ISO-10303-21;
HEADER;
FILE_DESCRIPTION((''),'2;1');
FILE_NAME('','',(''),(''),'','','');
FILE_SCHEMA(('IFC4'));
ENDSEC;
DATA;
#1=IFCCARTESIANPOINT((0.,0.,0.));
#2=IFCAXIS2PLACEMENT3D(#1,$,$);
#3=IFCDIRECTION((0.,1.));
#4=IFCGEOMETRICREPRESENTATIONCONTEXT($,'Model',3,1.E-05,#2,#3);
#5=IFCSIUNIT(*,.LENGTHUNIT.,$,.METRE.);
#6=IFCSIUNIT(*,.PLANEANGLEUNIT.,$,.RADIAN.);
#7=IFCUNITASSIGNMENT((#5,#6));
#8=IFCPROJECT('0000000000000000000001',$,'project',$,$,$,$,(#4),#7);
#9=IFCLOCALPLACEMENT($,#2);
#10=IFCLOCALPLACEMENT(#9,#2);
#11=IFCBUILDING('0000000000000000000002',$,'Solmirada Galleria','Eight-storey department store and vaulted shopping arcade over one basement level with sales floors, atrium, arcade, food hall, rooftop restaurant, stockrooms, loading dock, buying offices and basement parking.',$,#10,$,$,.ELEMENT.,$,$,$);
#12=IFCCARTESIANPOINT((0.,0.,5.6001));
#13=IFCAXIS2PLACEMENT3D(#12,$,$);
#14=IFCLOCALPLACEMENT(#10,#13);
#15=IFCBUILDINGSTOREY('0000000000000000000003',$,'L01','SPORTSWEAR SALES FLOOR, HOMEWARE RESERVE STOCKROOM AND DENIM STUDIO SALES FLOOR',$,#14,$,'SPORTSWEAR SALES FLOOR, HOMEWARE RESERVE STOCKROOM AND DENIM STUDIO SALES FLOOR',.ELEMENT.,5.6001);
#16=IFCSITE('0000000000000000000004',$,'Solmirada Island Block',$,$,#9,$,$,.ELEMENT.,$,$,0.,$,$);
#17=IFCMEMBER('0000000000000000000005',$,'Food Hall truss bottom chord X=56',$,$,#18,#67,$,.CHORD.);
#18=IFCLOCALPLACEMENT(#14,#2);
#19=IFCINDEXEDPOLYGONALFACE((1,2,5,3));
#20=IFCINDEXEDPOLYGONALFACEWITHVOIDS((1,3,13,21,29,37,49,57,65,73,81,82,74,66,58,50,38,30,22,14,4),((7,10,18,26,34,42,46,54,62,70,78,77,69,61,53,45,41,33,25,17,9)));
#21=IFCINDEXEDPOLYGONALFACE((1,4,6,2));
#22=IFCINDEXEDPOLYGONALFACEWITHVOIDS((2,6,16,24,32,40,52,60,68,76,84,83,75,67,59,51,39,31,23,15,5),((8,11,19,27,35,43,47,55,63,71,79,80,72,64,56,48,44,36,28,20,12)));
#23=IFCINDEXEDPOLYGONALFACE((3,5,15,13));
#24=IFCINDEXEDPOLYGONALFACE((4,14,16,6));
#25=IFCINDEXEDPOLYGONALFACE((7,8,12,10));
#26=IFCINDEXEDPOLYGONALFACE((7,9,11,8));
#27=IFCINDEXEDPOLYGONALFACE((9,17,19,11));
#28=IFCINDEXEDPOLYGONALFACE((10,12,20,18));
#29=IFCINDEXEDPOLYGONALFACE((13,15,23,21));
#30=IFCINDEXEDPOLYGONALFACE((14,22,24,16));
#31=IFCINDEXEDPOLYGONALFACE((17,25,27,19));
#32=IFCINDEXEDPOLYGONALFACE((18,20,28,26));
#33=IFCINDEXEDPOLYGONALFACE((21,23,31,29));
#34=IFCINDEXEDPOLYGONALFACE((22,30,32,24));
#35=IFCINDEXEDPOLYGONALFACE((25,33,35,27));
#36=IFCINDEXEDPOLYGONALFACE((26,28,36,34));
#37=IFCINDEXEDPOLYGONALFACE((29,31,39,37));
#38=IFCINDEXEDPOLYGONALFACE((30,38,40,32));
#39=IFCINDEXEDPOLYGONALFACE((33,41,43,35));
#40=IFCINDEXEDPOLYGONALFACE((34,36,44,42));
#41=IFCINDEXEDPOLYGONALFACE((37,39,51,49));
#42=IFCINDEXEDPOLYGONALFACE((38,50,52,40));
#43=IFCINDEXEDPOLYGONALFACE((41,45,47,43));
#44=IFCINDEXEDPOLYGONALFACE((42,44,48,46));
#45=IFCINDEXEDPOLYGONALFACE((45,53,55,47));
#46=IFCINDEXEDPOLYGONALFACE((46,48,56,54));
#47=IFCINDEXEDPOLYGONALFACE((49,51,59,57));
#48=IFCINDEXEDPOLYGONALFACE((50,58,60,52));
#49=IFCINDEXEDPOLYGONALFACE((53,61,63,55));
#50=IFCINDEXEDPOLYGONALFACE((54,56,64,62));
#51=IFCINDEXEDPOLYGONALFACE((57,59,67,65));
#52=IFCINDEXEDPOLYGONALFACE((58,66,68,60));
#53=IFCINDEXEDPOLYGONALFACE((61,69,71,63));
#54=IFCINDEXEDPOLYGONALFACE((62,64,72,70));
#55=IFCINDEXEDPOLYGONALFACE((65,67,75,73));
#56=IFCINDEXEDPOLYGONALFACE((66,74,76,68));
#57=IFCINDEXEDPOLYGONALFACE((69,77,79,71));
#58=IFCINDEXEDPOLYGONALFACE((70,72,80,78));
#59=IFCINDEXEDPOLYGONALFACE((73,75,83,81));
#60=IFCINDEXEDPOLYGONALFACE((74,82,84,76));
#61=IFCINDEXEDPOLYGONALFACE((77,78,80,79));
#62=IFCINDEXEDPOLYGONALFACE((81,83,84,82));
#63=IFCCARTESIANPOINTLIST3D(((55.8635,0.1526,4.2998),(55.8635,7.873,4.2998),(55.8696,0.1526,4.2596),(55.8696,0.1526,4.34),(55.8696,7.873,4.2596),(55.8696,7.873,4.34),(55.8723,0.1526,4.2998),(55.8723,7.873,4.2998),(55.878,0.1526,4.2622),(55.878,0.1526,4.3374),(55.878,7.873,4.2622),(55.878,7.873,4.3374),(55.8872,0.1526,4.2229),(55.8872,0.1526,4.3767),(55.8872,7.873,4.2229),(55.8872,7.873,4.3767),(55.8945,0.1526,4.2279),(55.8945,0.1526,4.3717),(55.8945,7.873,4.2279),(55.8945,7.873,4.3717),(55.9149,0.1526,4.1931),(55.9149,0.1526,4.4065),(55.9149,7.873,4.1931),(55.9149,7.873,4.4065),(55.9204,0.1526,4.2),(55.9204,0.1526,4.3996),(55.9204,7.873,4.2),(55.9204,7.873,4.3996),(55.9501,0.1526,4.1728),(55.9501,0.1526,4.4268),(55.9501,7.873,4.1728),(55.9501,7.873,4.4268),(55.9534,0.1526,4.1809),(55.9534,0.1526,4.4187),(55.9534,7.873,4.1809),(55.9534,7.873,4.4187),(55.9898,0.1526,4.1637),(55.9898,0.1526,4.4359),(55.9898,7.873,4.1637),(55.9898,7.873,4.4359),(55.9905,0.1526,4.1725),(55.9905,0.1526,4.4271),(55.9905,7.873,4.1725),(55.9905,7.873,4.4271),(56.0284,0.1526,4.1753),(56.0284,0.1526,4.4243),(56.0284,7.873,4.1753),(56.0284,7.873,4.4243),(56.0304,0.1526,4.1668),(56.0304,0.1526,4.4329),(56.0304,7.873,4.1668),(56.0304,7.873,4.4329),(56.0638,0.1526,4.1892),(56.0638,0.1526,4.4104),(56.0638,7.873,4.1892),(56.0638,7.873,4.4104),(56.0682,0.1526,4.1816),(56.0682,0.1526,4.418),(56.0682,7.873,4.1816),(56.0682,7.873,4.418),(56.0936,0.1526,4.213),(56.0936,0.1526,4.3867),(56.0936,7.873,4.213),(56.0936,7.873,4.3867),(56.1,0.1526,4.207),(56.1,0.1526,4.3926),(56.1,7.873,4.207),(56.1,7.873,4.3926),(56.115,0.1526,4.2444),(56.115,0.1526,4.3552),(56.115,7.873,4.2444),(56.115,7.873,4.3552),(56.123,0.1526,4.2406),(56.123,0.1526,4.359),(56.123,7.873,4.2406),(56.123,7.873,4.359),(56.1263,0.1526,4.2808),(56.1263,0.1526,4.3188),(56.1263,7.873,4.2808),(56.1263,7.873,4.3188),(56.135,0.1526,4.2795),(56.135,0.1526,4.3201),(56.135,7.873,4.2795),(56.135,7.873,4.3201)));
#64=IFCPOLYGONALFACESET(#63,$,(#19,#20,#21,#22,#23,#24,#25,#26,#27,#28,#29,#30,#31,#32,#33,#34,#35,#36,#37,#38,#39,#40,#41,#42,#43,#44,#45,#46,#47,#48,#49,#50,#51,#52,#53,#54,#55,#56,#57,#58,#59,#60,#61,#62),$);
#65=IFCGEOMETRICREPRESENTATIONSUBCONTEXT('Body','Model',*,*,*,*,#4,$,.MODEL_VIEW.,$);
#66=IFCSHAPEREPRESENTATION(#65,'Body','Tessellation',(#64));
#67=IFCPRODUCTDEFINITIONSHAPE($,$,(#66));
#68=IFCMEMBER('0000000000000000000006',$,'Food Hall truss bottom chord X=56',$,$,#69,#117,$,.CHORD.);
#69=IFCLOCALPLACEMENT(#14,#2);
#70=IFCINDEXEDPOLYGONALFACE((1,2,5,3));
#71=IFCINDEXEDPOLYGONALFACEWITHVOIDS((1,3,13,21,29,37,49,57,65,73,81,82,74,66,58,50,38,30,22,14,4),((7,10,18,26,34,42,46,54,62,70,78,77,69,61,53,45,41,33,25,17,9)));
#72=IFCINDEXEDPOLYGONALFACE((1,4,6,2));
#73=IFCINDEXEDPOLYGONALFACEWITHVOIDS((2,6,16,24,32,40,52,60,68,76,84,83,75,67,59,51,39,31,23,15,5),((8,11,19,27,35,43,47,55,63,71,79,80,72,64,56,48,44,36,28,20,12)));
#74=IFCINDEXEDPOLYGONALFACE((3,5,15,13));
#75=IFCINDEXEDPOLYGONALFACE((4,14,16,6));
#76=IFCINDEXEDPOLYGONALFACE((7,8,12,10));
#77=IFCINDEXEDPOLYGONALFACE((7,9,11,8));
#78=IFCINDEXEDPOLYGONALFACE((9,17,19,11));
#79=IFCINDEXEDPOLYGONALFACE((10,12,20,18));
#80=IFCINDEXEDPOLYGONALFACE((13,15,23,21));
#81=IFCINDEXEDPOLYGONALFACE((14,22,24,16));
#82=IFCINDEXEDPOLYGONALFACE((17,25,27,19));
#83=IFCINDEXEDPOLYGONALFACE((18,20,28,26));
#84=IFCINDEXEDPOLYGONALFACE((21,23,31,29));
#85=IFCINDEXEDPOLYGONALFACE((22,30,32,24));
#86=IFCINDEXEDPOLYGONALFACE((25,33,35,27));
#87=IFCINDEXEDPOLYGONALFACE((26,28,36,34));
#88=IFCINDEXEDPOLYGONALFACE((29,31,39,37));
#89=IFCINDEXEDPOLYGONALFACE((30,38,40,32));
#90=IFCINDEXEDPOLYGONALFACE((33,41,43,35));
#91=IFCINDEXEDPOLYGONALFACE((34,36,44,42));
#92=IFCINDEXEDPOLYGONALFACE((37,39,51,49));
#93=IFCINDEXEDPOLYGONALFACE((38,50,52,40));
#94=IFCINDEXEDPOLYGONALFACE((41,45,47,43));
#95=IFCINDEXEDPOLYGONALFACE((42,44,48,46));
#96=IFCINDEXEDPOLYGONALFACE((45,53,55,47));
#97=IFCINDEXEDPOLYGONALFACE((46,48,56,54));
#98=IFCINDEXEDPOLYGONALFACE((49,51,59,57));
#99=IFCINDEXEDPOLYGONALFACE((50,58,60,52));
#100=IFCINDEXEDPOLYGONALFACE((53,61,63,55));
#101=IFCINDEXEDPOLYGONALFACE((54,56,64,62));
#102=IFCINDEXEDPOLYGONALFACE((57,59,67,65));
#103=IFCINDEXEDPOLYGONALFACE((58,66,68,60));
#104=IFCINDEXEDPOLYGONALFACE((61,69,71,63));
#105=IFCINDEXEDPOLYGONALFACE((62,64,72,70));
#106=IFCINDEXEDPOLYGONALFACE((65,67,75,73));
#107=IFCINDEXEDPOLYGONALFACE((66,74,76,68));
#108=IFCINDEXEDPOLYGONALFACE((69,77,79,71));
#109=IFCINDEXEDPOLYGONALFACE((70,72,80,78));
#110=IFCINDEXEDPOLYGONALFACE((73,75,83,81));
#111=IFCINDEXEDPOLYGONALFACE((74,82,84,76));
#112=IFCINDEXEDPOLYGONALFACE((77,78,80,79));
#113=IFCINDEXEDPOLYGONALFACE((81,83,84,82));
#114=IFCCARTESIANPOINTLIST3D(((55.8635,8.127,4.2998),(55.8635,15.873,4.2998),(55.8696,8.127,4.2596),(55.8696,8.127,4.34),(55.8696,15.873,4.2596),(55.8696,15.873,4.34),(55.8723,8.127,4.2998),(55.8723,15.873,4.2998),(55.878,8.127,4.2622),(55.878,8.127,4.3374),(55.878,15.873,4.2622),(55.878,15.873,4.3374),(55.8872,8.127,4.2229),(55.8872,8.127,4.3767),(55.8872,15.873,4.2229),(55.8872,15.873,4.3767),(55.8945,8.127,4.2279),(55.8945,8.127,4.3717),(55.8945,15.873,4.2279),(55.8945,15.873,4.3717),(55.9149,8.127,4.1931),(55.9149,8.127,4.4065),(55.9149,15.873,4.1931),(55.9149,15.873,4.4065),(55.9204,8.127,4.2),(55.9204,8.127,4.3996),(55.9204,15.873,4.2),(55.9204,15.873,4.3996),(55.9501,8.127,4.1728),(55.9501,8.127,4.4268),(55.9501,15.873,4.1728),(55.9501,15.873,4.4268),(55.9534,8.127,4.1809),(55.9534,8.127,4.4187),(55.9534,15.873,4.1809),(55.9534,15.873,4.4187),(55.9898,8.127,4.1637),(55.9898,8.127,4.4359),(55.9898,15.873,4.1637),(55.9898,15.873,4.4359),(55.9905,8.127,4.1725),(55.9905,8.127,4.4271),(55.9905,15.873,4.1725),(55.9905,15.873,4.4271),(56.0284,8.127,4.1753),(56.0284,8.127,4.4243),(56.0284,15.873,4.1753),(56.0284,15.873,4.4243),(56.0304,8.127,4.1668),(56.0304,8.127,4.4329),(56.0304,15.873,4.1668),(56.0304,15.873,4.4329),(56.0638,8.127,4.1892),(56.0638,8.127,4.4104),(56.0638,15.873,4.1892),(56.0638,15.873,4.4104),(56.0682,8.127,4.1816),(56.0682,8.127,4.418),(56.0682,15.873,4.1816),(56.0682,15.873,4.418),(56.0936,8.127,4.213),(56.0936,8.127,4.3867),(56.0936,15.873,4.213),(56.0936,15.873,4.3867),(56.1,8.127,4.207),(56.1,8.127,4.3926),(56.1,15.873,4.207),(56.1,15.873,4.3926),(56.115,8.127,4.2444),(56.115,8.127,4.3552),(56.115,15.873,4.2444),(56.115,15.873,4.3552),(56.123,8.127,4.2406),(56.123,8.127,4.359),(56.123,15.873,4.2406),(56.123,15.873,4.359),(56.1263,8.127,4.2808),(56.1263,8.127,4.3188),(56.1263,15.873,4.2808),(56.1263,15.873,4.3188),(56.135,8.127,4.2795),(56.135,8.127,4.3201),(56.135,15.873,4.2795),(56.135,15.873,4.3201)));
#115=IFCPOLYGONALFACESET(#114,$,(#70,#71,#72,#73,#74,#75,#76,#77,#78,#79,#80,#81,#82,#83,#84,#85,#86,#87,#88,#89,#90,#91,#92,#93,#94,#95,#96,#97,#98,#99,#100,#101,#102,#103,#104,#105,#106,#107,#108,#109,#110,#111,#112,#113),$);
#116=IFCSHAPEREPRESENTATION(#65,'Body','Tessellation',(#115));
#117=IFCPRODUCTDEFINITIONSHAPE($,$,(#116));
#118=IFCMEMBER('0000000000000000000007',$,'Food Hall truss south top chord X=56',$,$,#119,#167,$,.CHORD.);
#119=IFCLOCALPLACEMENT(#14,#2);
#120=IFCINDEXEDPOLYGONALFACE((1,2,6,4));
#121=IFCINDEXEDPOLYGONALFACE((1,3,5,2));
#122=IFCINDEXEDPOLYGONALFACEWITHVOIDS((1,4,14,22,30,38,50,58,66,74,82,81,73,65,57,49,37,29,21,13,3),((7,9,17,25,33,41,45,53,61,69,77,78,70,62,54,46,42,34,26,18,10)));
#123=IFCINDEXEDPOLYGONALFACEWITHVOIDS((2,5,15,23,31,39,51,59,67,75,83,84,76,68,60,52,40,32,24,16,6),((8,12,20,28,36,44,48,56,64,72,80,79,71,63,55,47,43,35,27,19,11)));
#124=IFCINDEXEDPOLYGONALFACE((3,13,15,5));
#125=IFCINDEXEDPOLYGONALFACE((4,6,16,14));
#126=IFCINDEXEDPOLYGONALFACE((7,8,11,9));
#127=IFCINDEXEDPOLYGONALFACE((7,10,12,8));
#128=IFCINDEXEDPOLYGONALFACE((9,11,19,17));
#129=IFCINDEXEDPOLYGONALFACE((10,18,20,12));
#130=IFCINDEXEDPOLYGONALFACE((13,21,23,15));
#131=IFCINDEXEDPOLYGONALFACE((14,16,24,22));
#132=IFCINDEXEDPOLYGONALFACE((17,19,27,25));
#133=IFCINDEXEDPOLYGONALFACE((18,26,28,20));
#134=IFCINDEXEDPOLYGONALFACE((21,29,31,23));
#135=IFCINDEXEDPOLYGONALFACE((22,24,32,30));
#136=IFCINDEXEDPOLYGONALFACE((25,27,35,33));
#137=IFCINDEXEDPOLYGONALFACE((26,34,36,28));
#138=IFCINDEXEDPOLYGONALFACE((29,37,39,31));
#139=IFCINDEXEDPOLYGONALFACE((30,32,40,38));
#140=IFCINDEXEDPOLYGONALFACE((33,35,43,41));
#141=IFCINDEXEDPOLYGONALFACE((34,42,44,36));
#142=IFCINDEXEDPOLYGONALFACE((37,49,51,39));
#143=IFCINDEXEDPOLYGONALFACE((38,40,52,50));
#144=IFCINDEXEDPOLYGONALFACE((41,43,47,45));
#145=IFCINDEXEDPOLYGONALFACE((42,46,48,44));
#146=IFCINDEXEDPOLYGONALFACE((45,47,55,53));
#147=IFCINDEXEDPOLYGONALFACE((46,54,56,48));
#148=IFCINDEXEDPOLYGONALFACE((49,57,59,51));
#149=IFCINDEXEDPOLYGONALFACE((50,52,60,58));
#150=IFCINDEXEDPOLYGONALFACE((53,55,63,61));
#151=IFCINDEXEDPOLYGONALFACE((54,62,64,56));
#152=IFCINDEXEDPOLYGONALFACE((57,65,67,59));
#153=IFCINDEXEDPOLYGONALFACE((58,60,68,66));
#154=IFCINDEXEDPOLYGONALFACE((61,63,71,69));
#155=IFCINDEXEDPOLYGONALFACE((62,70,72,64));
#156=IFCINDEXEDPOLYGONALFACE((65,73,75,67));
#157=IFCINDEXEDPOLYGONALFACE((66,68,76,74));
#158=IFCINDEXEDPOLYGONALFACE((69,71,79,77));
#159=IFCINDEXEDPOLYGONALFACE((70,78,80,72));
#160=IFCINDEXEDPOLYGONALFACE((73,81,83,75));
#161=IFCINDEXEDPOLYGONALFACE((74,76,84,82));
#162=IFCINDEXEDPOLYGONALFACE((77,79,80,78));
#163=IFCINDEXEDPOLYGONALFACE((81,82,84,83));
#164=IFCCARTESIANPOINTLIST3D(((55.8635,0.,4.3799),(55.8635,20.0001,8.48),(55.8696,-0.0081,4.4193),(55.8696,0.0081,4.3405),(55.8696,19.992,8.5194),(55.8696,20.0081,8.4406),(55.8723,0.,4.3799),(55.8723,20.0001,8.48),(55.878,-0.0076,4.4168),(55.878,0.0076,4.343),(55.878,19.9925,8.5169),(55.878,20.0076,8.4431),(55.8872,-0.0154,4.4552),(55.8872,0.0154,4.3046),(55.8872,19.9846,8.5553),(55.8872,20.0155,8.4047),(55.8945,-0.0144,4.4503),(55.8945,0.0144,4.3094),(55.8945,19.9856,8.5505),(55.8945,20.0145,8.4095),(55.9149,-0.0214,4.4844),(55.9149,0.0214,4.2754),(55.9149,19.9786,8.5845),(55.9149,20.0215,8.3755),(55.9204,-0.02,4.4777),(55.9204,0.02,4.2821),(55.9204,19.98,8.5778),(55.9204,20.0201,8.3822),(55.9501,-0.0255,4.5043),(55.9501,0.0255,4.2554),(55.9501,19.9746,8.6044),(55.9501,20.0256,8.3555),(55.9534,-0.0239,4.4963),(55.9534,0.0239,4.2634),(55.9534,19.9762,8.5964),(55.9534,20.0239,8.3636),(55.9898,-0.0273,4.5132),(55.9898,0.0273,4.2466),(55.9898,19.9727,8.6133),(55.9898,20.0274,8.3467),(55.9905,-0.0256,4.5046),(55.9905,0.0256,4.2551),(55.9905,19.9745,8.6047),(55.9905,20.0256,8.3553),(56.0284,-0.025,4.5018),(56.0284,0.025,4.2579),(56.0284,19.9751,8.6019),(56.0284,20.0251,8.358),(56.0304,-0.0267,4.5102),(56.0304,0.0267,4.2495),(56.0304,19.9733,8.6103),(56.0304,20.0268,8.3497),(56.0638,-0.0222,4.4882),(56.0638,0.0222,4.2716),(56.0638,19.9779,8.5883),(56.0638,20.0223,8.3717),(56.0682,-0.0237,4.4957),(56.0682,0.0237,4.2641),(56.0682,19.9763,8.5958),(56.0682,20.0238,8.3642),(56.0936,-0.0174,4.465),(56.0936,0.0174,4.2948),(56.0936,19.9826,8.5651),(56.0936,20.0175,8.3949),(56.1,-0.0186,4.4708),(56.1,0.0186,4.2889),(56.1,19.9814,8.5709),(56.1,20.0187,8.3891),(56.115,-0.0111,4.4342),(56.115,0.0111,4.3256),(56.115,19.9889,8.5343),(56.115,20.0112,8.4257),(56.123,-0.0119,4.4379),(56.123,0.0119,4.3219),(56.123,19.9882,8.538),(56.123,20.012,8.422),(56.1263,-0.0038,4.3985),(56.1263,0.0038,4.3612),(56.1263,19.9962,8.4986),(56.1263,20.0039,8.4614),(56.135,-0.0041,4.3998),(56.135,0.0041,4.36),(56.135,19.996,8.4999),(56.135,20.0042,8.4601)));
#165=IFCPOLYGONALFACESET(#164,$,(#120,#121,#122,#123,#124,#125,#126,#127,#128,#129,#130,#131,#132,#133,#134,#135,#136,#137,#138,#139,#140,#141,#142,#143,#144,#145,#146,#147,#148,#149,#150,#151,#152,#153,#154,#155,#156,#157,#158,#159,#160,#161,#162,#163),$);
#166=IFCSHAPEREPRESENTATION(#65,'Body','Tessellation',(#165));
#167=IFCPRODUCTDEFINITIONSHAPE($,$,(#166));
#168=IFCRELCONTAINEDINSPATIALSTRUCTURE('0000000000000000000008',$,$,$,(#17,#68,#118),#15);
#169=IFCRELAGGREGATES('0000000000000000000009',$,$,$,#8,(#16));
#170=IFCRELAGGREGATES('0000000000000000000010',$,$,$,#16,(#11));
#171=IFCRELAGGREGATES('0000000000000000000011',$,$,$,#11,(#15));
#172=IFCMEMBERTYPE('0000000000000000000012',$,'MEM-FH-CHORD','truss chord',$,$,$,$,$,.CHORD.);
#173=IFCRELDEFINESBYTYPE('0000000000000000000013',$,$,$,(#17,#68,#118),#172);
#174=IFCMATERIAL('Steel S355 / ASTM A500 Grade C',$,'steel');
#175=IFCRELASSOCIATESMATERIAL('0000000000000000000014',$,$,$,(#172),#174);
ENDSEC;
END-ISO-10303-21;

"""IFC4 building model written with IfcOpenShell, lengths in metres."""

from ifc_helpers import new_model, si_unit, direction, frame, origin, origin_2d, place, context, subcontext, project, spatial, hollow_circle, extrude, material, material_profile, profile_set, type_object, element, save


model = new_model("IFC4")

# Units and contexts
model_context = context("Model", 3, precision=1e-05, world=origin(), true_north=direction((0.0, 1.0)))
body_context = subcontext(model_context, "Body", "Model", "MODEL_VIEW")
ifc_project = project(units=[si_unit("LENGTHUNIT", "METRE"), si_unit("PLANEANGLEUNIT", "RADIAN")], contexts=[model_context])

# Site, building, storey
site_placement = place(None, origin())
site = spatial("IfcSite", under=ifc_project, at=site_placement, Name="Solmirada Island Block", CompositionType="ELEMENT", RefElevation=0.0)
building_placement = place(site_placement, origin())
building = spatial("IfcBuilding", under=site, at=building_placement, Name="Solmirada Galleria", Description="Eight-storey department store and vaulted shopping arcade over one basement level with sales floors, atrium, arcade, food hall, rooftop restaurant, stockrooms, loading dock, buying offices and basement parking.", CompositionType="ELEMENT")
storey_placement = place(building_placement, frame((0.0, 0.0, 5.6001)))
storey = spatial("IfcBuildingStorey", under=building, at=storey_placement, Name="L01", Description="SPORTSWEAR SALES FLOOR, HOMEWARE RESERVE STOCKROOM AND DENIM STUDIO SALES FLOOR", LongName="SPORTSWEAR SALES FLOOR, HOMEWARE RESERVE STOCKROOM AND DENIM STUDIO SALES FLOOR", CompositionType="ELEMENT", Elevation=5.6001)

# Shared definitions
ifc_material_1 = material(Name="Steel S355 / ASTM A500 Grade C", Category="steel")

# Members
ifc_material_profile_1 = material_profile(ifc_material_1, hollow_circle(Radius=0.1365, WallThickness=0.0088, at=origin_2d()), Name="HSS10.750X0.375")
ifc_profile_set_1 = profile_set([ifc_material_profile_1], Name="Steel S355 / ASTM A500 Grade C")
member_type_1 = type_object("IfcMemberType", Name="MEM-FH-CHORD", Description="truss chord", PredefinedType="CHORD", material=ifc_profile_set_1)
member_1_placement = place(storey_placement, frame((56.0, 0.1526, 4.2998), z_axis=(0.0, 1.0, 0.0), x_axis=(-1.0, 0.0, 0.0)))
element("IfcMember", 1, at=member_1_placement, inside=storey, type_object=member_type_1, Name="Food Hall truss bottom chord X=56", PredefinedType="CHORD", context=body_context, shape_type="SweptSolid", body=[
    extrude(hollow_circle(Radius=0.1365, WallThickness=0.0088, at=origin_2d()), origin(), (0.0, 0.0, 1.0), 7.7205),
])
member_2_placement = place(storey_placement, frame((56.0, 8.127, 4.2998), z_axis=(0.0, 1.0, 0.0), x_axis=(-1.0, 0.0, 0.0)))
element("IfcMember", 2, at=member_2_placement, inside=storey, type_object=member_type_1, Name="Food Hall truss bottom chord X=56", PredefinedType="CHORD", context=body_context, shape_type="SweptSolid", body=[
    extrude(hollow_circle(Radius=0.1365, WallThickness=0.0088, at=origin_2d()), origin(), (0.0, 0.0, 1.0), 7.7461),
])
member_3_placement = place(storey_placement, frame((56.0, 0.0, 4.3799), z_axis=(0.0, 0.979626, 0.200828), x_axis=(-1.0, 0.0, 0.0)))
element("IfcMember", 3, at=member_3_placement, inside=storey, type_object=member_type_1, Name="Food Hall truss south top chord X=56", PredefinedType="CHORD", context=body_context, shape_type="SweptSolid", body=[
    extrude(hollow_circle(Radius=0.1365, WallThickness=0.0088, at=origin_2d()), origin(), (0.0, 0.0, 1.0), 20.416),
])

save(model, "model.ifc")
